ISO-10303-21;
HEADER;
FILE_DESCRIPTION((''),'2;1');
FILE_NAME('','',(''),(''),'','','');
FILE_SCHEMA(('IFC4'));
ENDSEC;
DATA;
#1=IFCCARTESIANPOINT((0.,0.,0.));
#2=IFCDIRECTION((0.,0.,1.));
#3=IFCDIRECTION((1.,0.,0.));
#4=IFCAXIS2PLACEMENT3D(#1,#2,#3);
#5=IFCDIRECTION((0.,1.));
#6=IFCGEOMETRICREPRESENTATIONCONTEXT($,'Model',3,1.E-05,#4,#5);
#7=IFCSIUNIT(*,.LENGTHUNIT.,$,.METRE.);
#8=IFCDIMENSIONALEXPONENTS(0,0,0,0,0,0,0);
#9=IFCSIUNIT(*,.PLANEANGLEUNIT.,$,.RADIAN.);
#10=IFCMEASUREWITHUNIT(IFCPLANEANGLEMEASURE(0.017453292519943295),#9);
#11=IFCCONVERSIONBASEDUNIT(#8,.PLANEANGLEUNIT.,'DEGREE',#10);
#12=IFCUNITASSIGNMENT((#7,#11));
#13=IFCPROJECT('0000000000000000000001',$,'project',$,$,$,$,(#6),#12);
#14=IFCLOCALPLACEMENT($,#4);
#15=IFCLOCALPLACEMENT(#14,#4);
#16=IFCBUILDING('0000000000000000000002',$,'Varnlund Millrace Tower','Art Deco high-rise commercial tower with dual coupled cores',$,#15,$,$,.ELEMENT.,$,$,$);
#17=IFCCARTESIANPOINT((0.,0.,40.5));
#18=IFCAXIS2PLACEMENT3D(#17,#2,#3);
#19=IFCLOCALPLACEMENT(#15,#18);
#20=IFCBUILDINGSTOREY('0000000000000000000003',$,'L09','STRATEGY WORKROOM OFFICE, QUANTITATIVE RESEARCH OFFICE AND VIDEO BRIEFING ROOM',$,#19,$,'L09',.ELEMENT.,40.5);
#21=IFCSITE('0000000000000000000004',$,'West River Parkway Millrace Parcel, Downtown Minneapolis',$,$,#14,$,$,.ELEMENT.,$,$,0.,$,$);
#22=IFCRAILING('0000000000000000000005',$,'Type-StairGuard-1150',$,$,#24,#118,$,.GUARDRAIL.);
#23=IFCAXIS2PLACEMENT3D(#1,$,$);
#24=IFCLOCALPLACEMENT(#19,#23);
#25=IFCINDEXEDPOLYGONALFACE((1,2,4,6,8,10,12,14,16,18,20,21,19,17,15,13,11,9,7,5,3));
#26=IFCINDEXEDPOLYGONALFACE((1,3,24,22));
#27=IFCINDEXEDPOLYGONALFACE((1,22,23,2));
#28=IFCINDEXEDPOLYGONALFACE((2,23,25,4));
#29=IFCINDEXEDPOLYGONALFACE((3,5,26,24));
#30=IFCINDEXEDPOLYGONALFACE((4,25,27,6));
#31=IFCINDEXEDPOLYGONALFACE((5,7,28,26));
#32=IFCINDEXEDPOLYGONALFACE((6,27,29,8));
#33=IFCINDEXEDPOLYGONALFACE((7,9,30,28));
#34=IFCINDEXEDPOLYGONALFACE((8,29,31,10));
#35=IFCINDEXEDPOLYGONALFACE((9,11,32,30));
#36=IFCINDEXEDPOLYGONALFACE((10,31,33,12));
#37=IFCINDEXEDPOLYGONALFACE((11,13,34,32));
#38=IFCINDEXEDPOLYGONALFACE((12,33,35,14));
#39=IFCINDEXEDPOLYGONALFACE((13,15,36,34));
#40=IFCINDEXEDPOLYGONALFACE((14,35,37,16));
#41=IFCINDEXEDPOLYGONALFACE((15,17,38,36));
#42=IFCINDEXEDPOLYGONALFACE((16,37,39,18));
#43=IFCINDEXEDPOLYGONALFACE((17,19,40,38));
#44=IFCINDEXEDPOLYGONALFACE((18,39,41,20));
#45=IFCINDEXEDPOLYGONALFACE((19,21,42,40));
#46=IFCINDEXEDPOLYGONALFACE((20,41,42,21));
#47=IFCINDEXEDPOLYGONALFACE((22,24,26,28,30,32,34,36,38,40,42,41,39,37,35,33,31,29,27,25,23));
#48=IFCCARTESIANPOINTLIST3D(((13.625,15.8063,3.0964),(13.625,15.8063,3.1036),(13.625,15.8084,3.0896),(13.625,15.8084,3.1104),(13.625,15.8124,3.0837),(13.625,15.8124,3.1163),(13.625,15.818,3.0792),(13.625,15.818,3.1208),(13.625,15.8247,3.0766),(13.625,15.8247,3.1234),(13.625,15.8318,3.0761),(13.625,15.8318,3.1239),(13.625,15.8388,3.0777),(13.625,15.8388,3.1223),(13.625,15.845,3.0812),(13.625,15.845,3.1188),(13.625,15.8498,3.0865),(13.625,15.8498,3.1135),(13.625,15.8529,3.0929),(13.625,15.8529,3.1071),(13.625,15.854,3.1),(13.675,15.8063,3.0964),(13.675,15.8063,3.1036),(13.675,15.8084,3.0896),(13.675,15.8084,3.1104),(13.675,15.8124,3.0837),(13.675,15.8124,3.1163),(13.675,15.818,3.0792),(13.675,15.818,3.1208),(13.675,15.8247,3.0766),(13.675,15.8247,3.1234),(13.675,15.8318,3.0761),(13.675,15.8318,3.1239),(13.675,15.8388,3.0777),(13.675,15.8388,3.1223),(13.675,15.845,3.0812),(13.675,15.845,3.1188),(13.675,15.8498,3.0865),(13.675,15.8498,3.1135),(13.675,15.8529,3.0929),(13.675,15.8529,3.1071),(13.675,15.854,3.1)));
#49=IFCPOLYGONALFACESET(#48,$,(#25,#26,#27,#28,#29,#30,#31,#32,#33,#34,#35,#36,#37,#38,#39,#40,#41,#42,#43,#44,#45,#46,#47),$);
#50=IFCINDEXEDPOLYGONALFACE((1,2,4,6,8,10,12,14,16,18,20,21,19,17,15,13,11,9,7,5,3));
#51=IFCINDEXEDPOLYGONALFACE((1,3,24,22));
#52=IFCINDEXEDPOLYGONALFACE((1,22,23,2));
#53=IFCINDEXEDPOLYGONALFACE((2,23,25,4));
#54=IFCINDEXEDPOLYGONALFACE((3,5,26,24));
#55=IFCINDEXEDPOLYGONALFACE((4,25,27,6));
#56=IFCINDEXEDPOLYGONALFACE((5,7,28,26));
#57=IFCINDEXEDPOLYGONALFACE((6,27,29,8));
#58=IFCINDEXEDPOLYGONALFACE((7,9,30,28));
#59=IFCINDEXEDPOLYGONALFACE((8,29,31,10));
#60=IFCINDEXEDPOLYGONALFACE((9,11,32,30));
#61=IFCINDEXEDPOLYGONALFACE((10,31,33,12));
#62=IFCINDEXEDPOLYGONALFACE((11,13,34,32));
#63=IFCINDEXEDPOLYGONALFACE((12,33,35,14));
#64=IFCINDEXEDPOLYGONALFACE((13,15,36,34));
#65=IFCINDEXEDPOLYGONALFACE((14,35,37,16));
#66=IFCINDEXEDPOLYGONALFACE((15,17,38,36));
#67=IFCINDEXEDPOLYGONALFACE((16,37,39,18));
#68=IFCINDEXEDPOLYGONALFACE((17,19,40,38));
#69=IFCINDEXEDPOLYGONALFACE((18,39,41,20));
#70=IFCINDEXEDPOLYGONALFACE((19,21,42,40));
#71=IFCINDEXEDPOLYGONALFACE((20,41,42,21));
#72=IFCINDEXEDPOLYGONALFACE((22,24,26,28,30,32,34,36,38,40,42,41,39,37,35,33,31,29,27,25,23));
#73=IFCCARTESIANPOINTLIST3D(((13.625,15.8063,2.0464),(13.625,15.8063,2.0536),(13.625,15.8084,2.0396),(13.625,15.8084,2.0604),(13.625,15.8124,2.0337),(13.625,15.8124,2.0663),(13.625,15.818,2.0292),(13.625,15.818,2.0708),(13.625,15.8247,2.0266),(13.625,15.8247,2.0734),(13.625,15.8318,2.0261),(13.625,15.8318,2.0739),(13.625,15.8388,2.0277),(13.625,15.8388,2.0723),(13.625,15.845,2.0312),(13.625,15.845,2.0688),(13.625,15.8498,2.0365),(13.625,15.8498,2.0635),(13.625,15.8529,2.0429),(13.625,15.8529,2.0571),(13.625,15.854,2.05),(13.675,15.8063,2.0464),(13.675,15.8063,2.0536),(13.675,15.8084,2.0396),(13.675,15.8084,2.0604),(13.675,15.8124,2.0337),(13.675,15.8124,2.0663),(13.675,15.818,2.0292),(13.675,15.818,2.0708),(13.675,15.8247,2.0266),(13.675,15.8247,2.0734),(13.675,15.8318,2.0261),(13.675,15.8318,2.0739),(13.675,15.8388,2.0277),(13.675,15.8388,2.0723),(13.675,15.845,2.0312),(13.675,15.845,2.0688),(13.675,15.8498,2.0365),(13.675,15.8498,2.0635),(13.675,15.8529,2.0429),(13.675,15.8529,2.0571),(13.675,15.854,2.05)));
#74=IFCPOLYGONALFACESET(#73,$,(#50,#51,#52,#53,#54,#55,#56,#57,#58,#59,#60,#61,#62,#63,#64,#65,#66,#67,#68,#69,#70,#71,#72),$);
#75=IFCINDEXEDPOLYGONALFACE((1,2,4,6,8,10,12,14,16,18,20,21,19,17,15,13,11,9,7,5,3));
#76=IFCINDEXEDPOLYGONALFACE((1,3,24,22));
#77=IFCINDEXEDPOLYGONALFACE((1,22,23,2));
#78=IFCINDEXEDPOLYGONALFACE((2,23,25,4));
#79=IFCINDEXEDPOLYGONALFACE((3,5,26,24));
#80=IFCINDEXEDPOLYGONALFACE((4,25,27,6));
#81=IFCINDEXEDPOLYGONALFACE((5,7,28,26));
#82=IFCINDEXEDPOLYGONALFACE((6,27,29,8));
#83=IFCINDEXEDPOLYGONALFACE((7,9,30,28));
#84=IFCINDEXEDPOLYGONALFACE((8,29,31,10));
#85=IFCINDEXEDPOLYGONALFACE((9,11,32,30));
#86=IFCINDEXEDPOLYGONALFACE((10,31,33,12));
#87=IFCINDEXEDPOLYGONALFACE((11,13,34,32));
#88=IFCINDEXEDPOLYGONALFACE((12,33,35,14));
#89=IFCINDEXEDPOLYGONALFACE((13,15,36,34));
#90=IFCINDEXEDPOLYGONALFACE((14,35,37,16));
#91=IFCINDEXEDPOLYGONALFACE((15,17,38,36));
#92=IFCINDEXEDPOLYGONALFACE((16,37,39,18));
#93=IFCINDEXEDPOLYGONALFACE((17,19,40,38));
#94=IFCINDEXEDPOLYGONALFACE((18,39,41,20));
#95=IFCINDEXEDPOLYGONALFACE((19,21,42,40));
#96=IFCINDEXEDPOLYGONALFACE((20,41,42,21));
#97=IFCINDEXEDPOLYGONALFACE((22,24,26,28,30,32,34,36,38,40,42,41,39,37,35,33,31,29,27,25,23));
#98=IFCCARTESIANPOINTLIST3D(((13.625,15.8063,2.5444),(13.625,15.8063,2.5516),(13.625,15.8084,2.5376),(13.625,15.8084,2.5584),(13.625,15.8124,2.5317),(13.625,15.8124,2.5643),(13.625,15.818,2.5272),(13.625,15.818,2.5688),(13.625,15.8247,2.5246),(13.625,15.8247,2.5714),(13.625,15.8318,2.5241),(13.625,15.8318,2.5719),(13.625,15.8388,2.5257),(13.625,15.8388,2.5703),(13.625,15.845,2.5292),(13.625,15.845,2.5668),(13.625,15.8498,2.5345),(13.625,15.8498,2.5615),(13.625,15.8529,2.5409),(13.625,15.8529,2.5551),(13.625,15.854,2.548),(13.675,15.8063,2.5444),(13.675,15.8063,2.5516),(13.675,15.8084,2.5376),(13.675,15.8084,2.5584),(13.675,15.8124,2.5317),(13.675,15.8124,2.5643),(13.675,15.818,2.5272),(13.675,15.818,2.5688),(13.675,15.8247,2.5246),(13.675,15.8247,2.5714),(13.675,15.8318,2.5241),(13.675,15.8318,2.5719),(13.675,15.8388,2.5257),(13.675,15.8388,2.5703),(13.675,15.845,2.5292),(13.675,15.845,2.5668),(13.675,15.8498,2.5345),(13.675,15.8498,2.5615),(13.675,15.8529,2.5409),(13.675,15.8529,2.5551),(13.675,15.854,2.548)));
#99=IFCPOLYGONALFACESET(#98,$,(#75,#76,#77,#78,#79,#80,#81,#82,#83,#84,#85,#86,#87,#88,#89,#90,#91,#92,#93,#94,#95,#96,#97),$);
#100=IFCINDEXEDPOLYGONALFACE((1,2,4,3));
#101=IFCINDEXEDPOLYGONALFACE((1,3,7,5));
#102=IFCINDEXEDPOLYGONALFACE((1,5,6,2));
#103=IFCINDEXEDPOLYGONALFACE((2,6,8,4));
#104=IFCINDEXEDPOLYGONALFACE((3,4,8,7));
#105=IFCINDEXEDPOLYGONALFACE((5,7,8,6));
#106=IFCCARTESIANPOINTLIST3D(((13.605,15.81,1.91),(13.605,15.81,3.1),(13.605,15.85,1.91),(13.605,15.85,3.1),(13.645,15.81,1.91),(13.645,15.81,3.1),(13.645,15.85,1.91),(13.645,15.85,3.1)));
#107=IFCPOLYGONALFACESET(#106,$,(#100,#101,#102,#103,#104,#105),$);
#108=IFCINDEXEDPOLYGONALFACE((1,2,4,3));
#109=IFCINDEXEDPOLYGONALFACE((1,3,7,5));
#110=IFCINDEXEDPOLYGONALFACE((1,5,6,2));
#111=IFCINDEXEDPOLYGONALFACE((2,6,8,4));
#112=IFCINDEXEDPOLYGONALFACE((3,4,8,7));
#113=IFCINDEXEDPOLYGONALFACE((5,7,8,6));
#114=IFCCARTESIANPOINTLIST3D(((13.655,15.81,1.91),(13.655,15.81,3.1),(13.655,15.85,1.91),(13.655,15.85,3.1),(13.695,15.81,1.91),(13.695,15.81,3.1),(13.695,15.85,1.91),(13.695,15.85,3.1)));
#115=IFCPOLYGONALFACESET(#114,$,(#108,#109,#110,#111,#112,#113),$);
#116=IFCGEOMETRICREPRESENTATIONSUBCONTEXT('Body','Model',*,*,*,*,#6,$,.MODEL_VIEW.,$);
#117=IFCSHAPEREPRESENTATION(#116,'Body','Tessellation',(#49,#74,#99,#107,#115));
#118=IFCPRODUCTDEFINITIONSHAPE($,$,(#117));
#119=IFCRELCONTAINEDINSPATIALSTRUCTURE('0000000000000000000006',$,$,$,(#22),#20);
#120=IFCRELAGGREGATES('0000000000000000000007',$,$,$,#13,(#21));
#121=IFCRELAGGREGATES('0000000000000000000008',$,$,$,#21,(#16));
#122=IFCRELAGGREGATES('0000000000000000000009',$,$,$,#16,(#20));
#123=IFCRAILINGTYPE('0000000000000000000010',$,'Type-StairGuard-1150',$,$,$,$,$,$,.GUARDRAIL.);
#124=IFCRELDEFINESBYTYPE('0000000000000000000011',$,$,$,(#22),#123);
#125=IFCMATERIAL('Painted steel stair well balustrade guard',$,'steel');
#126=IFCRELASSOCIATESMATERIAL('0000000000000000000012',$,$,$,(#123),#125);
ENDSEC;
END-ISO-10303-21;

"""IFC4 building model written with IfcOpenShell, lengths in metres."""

from ifc_helpers import new_model, entity, si_unit, converted_unit, direction, frame, origin_with_axes, origin_2d_with_axis, place, context, subcontext, project, spatial, rectangle, circle, extrude, material, type_object, element, save


model = new_model("IFC4")

# Units and contexts
model_context = context("Model", 3, precision=1e-05, world=origin_with_axes(), true_north=direction((0.0, 1.0)))
body_context = subcontext(model_context, "Body", "Model", "MODEL_VIEW")
ifc_project = project(units=[si_unit("LENGTHUNIT", "METRE"), converted_unit("PLANEANGLEUNIT", "DEGREE", entity("IfcPlaneAngleMeasure", 0.017453292519943295), si_unit("PLANEANGLEUNIT", "RADIAN"), dimensions=[0, 0, 0, 0, 0, 0, 0])], contexts=[model_context])

# Site, building, storey
site_placement = place(None, origin_with_axes())
site = spatial("IfcSite", under=ifc_project, at=site_placement, Name="West River Parkway Millrace Parcel, Downtown Minneapolis", CompositionType="ELEMENT", RefElevation=0.0)
building_placement = place(site_placement, origin_with_axes())
building = spatial("IfcBuilding", under=site, at=building_placement, Name="Varnlund Millrace Tower", Description="Art Deco high-rise commercial tower with dual coupled cores", CompositionType="ELEMENT")
storey_placement = place(building_placement, frame((0.0, 0.0, 40.5), z_axis=(0.0, 0.0, 1.0), x_axis=(1.0, 0.0, 0.0)))
storey = spatial("IfcBuildingStorey", under=building, at=storey_placement, Name="L09", Description="STRATEGY WORKROOM OFFICE, QUANTITATIVE RESEARCH OFFICE AND VIDEO BRIEFING ROOM", LongName="L09", CompositionType="ELEMENT", Elevation=40.5)

# Railing
ifc_material_1 = material(Name="Painted steel stair well balustrade guard", Category="steel")
railing_type_1 = type_object("IfcRailingType", Name="Type-StairGuard-1150", PredefinedType="GUARDRAIL", material=ifc_material_1)
railing_1_placement = place(storey_placement, frame((0.0, 0.0, -40.5), z_axis=(0.0, 0.0, 1.0), x_axis=(1.0, 0.0, 0.0)))
element("IfcRailing", 1, at=railing_1_placement, inside=storey, type_object=railing_type_1, Name="Type-StairGuard-1150", PredefinedType="GUARDRAIL", context=body_context, shape_type="SweptSolid", body=[
    extrude(circle(Radius=0.024, at=origin_2d_with_axis()), frame((13.625, 15.83, 43.6), z_axis=(1.0, 0.0, 0.0), x_axis=(0.0, 1.0, 0.0)), (0.0, 0.0, 1.0), 0.05),
    extrude(circle(Radius=0.024, at=origin_2d_with_axis()), frame((13.625, 15.83, 42.55), z_axis=(1.0, 0.0, 0.0), x_axis=(0.0, 1.0, 0.0)), (0.0, 0.0, 1.0), 0.05),
    extrude(circle(Radius=0.024, at=origin_2d_with_axis()), frame((13.625, 15.83, 43.048), z_axis=(1.0, 0.0, 0.0), x_axis=(0.0, 1.0, 0.0)), (0.0, 0.0, 1.0), 0.05),
    extrude(rectangle(XDim=0.04, YDim=0.04, at=origin_2d_with_axis()), frame((13.625, 15.83, 42.41), z_axis=(0.0, 0.0, 1.0), x_axis=(1.0, 0.0, 0.0)), (0.0, 0.0, 1.0), 1.19),
    extrude(rectangle(XDim=0.04, YDim=0.04, at=origin_2d_with_axis()), frame((13.675, 15.83, 42.41), z_axis=(0.0, 0.0, 1.0), x_axis=(1.0, 0.0, 0.0)), (0.0, 0.0, 1.0), 1.19),
])

save(model, "model.ifc")
